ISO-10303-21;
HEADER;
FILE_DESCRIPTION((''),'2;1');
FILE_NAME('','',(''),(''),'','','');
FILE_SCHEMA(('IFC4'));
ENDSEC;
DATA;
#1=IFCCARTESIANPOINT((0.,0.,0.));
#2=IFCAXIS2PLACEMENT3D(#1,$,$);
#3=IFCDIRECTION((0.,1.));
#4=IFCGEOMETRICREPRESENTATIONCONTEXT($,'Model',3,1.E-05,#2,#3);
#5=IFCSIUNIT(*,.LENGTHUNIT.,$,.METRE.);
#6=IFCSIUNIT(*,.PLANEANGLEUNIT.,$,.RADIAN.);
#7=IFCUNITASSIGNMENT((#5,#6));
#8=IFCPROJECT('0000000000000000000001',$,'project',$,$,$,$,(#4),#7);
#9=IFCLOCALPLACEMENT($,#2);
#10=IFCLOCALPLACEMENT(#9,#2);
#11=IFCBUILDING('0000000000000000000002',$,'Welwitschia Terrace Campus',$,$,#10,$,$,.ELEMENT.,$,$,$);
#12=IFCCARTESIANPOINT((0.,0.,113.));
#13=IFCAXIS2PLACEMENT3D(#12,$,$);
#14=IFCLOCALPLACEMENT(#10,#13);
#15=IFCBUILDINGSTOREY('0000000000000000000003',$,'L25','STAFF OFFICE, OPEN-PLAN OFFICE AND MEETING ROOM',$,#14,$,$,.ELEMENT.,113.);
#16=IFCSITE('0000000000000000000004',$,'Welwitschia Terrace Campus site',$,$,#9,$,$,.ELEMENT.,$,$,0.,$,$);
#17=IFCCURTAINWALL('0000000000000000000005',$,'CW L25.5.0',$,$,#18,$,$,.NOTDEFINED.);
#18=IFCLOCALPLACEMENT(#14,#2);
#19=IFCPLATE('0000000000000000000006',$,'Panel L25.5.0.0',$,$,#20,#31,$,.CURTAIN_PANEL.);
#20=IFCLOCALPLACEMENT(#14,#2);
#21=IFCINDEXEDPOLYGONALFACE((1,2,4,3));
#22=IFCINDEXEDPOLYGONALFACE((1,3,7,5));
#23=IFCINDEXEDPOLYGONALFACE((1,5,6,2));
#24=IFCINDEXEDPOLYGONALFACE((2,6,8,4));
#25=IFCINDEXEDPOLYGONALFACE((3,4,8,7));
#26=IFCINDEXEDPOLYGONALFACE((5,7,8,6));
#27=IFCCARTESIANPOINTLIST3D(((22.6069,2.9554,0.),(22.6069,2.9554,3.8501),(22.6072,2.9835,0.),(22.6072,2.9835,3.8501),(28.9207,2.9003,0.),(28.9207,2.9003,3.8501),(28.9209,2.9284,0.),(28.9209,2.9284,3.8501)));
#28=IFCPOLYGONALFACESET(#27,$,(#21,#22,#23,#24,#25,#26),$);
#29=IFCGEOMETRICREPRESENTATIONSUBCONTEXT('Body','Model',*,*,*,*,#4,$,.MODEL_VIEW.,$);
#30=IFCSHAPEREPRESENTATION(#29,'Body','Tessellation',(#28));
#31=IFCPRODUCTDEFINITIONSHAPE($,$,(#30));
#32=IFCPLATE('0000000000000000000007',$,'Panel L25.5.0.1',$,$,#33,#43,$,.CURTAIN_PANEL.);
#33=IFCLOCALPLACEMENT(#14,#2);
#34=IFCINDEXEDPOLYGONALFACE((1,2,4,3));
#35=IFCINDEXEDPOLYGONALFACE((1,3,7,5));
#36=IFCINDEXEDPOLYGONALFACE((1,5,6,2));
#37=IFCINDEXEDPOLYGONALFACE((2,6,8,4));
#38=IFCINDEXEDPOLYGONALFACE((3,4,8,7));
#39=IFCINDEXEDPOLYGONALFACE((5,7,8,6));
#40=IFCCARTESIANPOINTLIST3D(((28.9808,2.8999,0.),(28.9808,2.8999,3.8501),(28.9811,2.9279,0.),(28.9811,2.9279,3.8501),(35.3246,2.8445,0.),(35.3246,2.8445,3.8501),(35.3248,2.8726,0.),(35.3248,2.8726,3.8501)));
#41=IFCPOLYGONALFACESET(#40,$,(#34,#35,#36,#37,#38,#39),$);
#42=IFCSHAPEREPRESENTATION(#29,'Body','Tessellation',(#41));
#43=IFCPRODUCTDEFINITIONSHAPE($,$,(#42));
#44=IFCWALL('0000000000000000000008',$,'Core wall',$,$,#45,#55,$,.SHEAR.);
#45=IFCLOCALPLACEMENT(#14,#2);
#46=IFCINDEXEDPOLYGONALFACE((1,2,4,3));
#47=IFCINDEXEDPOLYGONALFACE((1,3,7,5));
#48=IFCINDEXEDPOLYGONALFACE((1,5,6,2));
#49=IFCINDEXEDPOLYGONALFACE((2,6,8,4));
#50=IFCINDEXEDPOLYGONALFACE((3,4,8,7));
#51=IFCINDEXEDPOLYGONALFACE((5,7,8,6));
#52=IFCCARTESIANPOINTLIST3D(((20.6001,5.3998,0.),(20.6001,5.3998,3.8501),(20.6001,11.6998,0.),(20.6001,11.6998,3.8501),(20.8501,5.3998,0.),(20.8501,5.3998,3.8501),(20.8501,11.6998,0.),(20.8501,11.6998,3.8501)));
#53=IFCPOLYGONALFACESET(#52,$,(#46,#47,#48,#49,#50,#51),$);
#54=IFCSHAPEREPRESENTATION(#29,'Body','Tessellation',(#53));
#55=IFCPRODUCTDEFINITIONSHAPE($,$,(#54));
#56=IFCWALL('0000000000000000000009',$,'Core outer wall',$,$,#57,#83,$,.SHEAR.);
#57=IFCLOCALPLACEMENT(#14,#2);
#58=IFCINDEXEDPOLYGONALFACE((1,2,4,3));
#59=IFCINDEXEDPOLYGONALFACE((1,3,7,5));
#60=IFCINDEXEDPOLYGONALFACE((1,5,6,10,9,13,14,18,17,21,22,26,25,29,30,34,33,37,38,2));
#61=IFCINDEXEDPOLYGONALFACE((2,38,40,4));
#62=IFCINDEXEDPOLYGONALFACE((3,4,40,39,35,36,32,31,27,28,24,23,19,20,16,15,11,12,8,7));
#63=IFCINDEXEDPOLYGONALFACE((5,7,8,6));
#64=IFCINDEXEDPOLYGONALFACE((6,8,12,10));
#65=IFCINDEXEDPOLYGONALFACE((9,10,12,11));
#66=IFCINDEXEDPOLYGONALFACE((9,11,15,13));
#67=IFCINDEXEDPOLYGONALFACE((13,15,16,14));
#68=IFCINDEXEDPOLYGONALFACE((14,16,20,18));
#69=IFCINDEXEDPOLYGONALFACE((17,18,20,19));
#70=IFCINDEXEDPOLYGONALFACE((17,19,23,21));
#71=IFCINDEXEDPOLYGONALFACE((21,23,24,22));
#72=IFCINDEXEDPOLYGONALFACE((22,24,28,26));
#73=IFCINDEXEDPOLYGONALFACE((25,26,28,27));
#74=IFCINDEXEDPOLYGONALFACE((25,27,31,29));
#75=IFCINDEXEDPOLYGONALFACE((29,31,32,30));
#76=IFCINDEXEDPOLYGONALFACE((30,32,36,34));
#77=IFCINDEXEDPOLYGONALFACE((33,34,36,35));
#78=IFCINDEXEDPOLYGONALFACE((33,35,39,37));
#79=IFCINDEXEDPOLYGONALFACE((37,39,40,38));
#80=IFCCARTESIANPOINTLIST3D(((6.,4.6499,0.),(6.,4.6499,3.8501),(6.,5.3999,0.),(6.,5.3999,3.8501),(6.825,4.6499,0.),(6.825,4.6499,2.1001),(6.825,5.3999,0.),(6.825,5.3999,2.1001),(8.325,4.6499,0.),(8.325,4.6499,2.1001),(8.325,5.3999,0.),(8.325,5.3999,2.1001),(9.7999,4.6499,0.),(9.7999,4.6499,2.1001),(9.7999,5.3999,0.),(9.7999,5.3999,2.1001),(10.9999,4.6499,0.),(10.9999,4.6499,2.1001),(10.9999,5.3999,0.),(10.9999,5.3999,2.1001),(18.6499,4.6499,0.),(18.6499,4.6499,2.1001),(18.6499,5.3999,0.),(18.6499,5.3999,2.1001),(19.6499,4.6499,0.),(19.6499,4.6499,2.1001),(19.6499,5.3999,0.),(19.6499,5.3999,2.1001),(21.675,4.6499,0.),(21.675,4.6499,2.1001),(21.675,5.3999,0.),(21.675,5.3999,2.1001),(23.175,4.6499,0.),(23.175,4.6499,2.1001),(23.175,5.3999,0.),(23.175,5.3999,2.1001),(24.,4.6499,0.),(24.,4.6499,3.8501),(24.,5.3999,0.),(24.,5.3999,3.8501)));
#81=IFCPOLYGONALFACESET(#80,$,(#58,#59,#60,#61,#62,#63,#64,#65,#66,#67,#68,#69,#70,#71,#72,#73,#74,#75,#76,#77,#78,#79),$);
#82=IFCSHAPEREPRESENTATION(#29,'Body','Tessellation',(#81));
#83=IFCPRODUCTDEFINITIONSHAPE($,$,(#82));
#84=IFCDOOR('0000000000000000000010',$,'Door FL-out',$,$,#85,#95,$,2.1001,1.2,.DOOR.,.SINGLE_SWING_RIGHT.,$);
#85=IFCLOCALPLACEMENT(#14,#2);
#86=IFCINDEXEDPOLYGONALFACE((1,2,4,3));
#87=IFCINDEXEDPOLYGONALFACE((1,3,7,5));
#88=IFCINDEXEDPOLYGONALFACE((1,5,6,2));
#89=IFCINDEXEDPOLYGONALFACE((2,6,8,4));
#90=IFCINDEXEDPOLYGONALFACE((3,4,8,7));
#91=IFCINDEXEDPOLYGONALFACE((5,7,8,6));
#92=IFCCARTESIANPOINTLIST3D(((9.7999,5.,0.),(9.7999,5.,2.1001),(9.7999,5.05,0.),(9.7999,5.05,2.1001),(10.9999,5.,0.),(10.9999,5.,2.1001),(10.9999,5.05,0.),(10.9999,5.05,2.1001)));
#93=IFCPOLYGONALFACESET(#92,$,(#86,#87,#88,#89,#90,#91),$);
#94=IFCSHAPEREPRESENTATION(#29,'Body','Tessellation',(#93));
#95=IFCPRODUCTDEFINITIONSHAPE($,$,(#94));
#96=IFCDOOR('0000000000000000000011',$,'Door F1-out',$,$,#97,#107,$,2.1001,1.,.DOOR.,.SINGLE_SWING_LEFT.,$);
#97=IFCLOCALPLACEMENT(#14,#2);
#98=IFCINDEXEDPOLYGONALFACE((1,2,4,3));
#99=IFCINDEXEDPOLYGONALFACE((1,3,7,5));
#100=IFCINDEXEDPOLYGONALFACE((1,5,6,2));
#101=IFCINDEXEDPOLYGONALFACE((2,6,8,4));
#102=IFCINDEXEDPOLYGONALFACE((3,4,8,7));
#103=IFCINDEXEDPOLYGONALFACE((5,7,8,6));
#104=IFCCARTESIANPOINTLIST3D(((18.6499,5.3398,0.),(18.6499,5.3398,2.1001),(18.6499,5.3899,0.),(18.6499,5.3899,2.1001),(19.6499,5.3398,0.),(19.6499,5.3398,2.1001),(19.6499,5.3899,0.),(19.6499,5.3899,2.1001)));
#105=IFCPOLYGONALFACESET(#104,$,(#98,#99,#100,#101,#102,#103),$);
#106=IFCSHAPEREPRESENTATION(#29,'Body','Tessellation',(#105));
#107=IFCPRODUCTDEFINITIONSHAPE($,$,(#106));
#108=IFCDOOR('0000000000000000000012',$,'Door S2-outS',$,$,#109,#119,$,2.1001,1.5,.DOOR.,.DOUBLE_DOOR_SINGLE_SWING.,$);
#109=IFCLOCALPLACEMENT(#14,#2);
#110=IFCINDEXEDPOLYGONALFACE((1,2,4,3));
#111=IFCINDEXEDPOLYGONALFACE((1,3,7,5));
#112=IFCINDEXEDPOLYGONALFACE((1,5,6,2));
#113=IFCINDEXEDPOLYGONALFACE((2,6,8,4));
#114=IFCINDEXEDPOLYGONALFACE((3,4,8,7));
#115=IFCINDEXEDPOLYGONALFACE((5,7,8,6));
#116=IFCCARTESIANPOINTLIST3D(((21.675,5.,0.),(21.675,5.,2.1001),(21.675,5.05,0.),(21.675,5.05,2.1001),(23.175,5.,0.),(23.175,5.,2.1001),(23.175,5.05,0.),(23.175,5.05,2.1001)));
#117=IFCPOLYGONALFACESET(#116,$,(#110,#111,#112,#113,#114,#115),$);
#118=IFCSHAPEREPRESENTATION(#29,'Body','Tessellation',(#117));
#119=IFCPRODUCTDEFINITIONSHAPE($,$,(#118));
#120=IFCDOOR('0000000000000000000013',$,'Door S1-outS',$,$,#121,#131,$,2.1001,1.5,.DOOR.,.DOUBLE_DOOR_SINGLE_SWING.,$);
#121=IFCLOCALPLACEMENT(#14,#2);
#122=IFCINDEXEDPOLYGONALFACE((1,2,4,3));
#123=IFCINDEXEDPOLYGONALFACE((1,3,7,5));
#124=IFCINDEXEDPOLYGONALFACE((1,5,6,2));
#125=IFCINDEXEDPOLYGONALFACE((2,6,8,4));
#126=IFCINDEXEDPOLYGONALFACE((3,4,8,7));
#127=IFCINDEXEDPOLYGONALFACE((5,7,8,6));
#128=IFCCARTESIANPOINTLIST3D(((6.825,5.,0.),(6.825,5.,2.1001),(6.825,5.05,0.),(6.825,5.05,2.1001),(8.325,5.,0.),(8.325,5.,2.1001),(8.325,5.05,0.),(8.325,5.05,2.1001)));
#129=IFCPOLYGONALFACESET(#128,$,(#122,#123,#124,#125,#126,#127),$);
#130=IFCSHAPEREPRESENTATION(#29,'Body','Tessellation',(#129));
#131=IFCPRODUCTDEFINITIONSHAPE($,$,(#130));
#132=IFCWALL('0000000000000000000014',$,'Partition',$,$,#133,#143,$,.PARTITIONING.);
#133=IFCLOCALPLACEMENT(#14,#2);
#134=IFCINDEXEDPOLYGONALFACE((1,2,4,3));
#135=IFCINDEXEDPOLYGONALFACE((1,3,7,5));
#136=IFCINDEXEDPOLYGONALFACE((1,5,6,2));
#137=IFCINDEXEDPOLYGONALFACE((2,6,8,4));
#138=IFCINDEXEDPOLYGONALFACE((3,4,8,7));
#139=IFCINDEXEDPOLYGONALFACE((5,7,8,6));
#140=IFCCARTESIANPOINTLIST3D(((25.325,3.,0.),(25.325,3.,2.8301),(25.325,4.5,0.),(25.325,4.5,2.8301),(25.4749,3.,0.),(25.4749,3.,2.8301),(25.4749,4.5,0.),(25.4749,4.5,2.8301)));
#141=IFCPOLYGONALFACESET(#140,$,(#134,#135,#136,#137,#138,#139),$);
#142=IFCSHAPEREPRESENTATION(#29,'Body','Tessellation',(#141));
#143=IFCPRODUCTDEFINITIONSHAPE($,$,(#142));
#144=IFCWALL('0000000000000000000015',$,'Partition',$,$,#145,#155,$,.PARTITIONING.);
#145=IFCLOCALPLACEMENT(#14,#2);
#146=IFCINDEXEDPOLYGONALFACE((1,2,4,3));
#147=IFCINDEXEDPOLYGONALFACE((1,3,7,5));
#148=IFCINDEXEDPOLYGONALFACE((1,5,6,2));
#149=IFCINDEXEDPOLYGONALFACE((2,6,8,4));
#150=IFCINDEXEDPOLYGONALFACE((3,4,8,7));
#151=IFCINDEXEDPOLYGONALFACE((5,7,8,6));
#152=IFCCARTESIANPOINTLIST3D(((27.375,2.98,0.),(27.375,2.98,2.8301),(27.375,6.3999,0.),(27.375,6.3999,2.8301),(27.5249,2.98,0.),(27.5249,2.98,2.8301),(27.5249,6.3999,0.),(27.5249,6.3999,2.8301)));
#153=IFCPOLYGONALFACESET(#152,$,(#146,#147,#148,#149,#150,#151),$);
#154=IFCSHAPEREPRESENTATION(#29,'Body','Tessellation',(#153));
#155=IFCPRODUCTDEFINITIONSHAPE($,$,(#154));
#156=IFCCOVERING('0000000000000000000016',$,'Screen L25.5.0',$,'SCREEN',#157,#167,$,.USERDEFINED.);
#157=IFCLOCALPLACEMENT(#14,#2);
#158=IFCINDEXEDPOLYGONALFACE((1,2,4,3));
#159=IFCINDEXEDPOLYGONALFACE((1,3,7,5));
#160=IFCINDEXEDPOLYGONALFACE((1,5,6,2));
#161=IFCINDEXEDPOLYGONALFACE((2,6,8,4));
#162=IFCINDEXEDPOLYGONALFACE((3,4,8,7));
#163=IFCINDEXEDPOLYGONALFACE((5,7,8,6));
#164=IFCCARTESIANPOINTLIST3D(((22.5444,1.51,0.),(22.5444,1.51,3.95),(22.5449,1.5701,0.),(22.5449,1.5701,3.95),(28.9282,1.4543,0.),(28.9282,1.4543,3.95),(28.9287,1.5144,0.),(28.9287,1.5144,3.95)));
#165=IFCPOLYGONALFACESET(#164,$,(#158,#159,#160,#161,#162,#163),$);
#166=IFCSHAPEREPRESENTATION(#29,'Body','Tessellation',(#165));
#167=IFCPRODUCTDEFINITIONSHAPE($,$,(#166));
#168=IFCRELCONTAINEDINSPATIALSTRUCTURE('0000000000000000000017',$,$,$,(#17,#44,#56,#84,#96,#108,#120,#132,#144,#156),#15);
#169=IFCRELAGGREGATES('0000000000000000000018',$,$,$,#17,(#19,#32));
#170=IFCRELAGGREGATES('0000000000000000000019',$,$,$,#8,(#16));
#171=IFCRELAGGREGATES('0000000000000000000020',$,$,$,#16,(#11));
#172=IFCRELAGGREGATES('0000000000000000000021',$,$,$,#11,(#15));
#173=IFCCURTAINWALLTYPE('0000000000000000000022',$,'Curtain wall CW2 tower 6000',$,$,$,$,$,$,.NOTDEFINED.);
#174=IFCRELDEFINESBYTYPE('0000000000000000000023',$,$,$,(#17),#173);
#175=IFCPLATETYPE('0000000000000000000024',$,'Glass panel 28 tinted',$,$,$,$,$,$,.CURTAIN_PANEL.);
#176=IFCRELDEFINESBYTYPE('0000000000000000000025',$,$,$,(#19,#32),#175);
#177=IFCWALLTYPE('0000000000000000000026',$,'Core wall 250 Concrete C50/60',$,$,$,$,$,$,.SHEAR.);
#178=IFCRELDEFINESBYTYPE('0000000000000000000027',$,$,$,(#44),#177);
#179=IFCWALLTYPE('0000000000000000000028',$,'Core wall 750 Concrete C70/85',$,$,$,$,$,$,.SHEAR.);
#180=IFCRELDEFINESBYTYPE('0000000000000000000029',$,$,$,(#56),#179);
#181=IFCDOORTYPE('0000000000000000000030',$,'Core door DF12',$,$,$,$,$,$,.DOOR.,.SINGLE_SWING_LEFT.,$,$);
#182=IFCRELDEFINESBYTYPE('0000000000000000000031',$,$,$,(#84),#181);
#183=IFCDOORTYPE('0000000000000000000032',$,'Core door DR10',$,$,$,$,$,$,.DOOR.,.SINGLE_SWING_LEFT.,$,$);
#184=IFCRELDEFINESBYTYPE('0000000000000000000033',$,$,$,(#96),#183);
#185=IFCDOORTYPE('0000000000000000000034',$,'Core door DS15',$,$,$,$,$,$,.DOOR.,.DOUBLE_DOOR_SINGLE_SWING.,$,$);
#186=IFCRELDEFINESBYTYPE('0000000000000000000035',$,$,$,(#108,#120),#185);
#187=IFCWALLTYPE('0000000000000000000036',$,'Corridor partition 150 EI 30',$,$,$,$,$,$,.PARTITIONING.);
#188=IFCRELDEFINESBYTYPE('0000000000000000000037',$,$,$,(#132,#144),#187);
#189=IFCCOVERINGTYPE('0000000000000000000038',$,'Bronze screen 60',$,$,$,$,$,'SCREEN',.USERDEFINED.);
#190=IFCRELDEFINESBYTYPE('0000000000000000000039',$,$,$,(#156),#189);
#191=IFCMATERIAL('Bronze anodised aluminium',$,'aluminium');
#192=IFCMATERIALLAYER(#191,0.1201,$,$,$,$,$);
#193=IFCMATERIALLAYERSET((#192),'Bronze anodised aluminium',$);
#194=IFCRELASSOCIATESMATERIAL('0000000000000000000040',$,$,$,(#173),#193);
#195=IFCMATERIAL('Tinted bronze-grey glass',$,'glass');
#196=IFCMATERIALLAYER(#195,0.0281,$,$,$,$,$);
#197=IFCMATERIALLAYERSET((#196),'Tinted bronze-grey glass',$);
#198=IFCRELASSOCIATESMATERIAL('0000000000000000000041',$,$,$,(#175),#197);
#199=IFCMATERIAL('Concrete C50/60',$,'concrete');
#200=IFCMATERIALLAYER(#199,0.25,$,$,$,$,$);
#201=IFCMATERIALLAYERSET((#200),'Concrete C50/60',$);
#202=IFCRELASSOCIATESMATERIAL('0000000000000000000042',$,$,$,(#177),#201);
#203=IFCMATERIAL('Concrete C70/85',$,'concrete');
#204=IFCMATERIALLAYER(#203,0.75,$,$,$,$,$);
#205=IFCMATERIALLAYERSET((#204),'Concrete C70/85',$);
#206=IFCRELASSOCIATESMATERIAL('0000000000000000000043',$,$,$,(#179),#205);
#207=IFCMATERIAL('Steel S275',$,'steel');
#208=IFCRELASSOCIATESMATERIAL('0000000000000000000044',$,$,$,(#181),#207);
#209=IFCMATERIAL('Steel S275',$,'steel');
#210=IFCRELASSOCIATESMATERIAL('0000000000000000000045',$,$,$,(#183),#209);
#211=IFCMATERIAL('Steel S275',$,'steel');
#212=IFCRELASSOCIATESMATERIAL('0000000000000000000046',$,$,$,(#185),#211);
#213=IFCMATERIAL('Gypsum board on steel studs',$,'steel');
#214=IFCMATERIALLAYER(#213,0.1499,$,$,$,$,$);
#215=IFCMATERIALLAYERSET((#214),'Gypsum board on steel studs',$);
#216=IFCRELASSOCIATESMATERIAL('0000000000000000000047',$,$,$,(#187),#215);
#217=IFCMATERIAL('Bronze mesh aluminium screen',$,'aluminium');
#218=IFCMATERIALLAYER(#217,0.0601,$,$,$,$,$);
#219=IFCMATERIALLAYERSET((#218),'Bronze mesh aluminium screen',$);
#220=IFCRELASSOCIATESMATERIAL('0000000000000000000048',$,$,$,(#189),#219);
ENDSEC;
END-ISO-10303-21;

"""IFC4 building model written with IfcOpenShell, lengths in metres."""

from ifc_helpers import new_model, si_unit, direction, frame, frame_2d, origin, origin_2d, place, context, subcontext, project, spatial, rectangle, extrude, material, layer, layer_set, type_object, element, fill, aggregate, save


model = new_model("IFC4")

# Units and contexts
model_context = context("Model", 3, precision=1e-05, world=origin(), true_north=direction((0.0, 1.0)))
body_context = subcontext(model_context, "Body", "Model", "MODEL_VIEW")
ifc_project = project(units=[si_unit("LENGTHUNIT", "METRE"), si_unit("PLANEANGLEUNIT", "RADIAN")], contexts=[model_context])

# Site, building, storey
site_placement = place(None, origin())
site = spatial("IfcSite", under=ifc_project, at=site_placement, Name="Welwitschia Terrace Campus site", CompositionType="ELEMENT", RefElevation=0.0)
building_placement = place(site_placement, origin())
building = spatial("IfcBuilding", under=site, at=building_placement, Name="Welwitschia Terrace Campus", CompositionType="ELEMENT")
storey_placement = place(building_placement, frame((0.0, 0.0, 113.0)))
storey = spatial("IfcBuildingStorey", under=building, at=storey_placement, Name="L25", Description="STAFF OFFICE, OPEN-PLAN OFFICE AND MEETING ROOM", CompositionType="ELEMENT", Elevation=113.0)

# Shared definitions
ifc_material_1 = material(Name="Bronze anodised aluminium", Category="aluminium")
ifc_layer_1 = layer(ifc_material_1, 0.1201)
ifc_layer_set_1 = layer_set([ifc_layer_1], Name="Bronze anodised aluminium")
curtain_wall_type = type_object("IfcCurtainWallType", Name="Curtain wall CW2 tower 6000", PredefinedType="NOTDEFINED", material=ifc_layer_set_1)

# Curtain wall
curtain_wall_1_placement = place(storey_placement, origin())
curtain_wall_1 = element("IfcCurtainWall", 1, at=curtain_wall_1_placement, inside=storey, type_object=curtain_wall_type, Name="CW L25.5.0", PredefinedType="NOTDEFINED")

# Plates
ifc_material_2 = material(Name="Tinted bronze-grey glass", Category="glass")
ifc_layer_2 = layer(ifc_material_2, 0.0281)
ifc_layer_set_2 = layer_set([ifc_layer_2], Name="Tinted bronze-grey glass")
plate_type = type_object("IfcPlateType", Name="Glass panel 28 tinted", PredefinedType="CURTAIN_PANEL", material=ifc_layer_set_2)
plate_1_placement = place(storey_placement, frame((25.7639, 2.9419, 0.0), z_axis=(0.0, 0.0, 1.0), x_axis=(0.999962, -0.008727, 0.0)))
plate_1 = element("IfcPlate", 2, at=plate_1_placement, type_object=plate_type, Name="Panel L25.5.0.0", PredefinedType="CURTAIN_PANEL", context=body_context, shape_type="SweptSolid", body=[
    extrude(rectangle(XDim=6.314, YDim=0.0281, at=origin_2d()), origin(), (0.0, 0.0, 1.0), 3.8501),
])
plate_2_placement = place(storey_placement, frame((32.1528, 2.8862, 0.0), z_axis=(0.0, 0.0, 1.0), x_axis=(0.999962, -0.008727, 0.0)))
plate_2 = element("IfcPlate", 3, at=plate_2_placement, type_object=plate_type, Name="Panel L25.5.0.1", PredefinedType="CURTAIN_PANEL", context=body_context, shape_type="SweptSolid", body=[
    extrude(rectangle(XDim=6.344, YDim=0.0281, at=origin_2d()), origin(), (0.0, 0.0, 1.0), 3.8501),
])
aggregate(curtain_wall_1, [plate_1, plate_2])

# Wall
ifc_material_3 = material(Name="Concrete C50/60", Category="concrete")
ifc_layer_3 = layer(ifc_material_3, 0.25)
ifc_layer_set_3 = layer_set([ifc_layer_3], Name="Concrete C50/60")
wall_type_1 = type_object("IfcWallType", Name="Core wall 250 Concrete C50/60", PredefinedType="SHEAR", material=ifc_layer_set_3)
wall_1_placement = place(storey_placement, frame((20.7251, 5.3999, 0.0), z_axis=(0.0, 0.0, 1.0), x_axis=(0.0, 1.0, 0.0)))
element("IfcWall", 4, at=wall_1_placement, inside=storey, type_object=wall_type_1, Name="Core wall", PredefinedType="SHEAR", context=body_context, shape_type="SweptSolid", body=[
    extrude(rectangle(XDim=6.3, YDim=0.25, at=frame_2d((3.1499, 0.0))), origin(), (0.0, 0.0, 1.0), 3.8501),
])

# Wall, openings, doors
ifc_material_4 = material(Name="Concrete C70/85", Category="concrete")
ifc_layer_4 = layer(ifc_material_4, 0.75)
ifc_layer_set_4 = layer_set([ifc_layer_4], Name="Concrete C70/85")
wall_type_2 = type_object("IfcWallType", Name="Core wall 750 Concrete C70/85", PredefinedType="SHEAR", material=ifc_layer_set_4)
wall_2_placement = place(storey_placement, frame((24.0, 5.0249, 0.0), z_axis=(0.0, 0.0, 1.0), x_axis=(-1.0, 0.0, 0.0)))
wall_2 = element("IfcWall", 5, at=wall_2_placement, inside=storey, type_object=wall_type_2, Name="Core outer wall", PredefinedType="SHEAR", context=body_context, shape_type="SweptSolid", body=[
    extrude(rectangle(XDim=18.0, YDim=0.75, at=frame_2d((9.0, 0.0))), origin(), (0.0, 0.0, 1.0), 3.8501),
])
opening_1_placement = place(wall_2_placement, frame((0.825, 0.0, 0.0)))
opening_1 = element("IfcOpeningElement", 6, at=opening_1_placement, cuts=wall_2, PredefinedType="OPENING", context=body_context, shape_type="SweptSolid", body=[
    extrude(rectangle(XDim=1.5, YDim=2.1001, at=frame_2d((0.75, 1.05))), frame((0.0, 0.385, 0.0), z_axis=(0.0, -1.0, 0.0), x_axis=(1.0, 0.0, 0.0)), (0.0, 0.0, 1.0), 0.77),
])
opening_2_placement = place(wall_2_placement, frame((15.675, 0.0, 0.0)))
opening_2 = element("IfcOpeningElement", 7, at=opening_2_placement, cuts=wall_2, PredefinedType="OPENING", context=body_context, shape_type="SweptSolid", body=[
    extrude(rectangle(XDim=1.5, YDim=2.1001, at=frame_2d((0.75, 1.05))), frame((0.0, 0.385, 0.0), z_axis=(0.0, -1.0, 0.0), x_axis=(1.0, 0.0, 0.0)), (0.0, 0.0, 1.0), 0.77),
])
opening_3_placement = place(wall_2_placement, frame((13.0, 0.0, 0.0)))
opening_3 = element("IfcOpeningElement", 8, at=opening_3_placement, cuts=wall_2, PredefinedType="OPENING", context=body_context, shape_type="SweptSolid", body=[
    extrude(rectangle(XDim=1.2, YDim=2.1001, at=frame_2d((0.6001, 1.05))), frame((0.0, 0.385, 0.0), z_axis=(0.0, -1.0, 0.0), x_axis=(1.0, 0.0, 0.0)), (0.0, 0.0, 1.0), 0.77),
])
opening_4_placement = place(wall_2_placement, frame((4.3501, 0.0, 0.0)))
opening_4 = element("IfcOpeningElement", 9, at=opening_4_placement, cuts=wall_2, PredefinedType="OPENING", context=body_context, shape_type="SweptSolid", body=[
    extrude(rectangle(XDim=1.0, YDim=2.1001, at=frame_2d((0.5, 1.05))), frame((0.0, 0.385, 0.0), z_axis=(0.0, -1.0, 0.0), x_axis=(1.0, 0.0, 0.0)), (0.0, 0.0, 1.0), 0.77),
])
ifc_material_5 = material(Name="Steel S275", Category="steel")
door_type_1 = type_object("IfcDoorType", Name="Core door DF12", OperationType="SINGLE_SWING_LEFT", PredefinedType="DOOR", material=ifc_material_5)
door_1_placement = place(opening_3_placement, origin())
door_1 = element("IfcDoor", 10, at=door_1_placement, inside=storey, type_object=door_type_1, Name="Door FL-out", OperationType="SINGLE_SWING_RIGHT", OverallHeight=2.1001, OverallWidth=1.2, PredefinedType="DOOR", context=body_context, shape_type="SweptSolid", body=[
    extrude(rectangle(XDim=1.2, YDim=2.1001, at=frame_2d((0.6001, 1.05))), frame((0.0, 0.0249, 0.0), z_axis=(0.0, -1.0, 0.0), x_axis=(1.0, 0.0, 0.0)), (0.0, 0.0, 1.0), 0.05),
])
fill(opening_3, door_1)
ifc_material_6 = material(Name="Steel S275", Category="steel")
door_type_2 = type_object("IfcDoorType", Name="Core door DR10", OperationType="SINGLE_SWING_LEFT", PredefinedType="DOOR", material=ifc_material_6)
door_2_placement = place(opening_4_placement, origin())
door_2 = element("IfcDoor", 11, at=door_2_placement, inside=storey, type_object=door_type_2, Name="Door F1-out", OperationType="SINGLE_SWING_LEFT", OverallHeight=2.1001, OverallWidth=1.0, PredefinedType="DOOR", context=body_context, shape_type="SweptSolid", body=[
    extrude(rectangle(XDim=1.0, YDim=2.1001, at=frame_2d((0.5, 1.05))), frame((0.0, -0.3149, 0.0), z_axis=(0.0, -1.0, 0.0), x_axis=(1.0, 0.0, 0.0)), (0.0, 0.0, 1.0), 0.05),
])
fill(opening_4, door_2)
ifc_material_7 = material(Name="Steel S275", Category="steel")
door_type_3 = type_object("IfcDoorType", Name="Core door DS15", OperationType="DOUBLE_DOOR_SINGLE_SWING", PredefinedType="DOOR", material=ifc_material_7)
door_3_placement = place(opening_1_placement, origin())
door_3 = element("IfcDoor", 12, at=door_3_placement, inside=storey, type_object=door_type_3, Name="Door S2-outS", OperationType="DOUBLE_DOOR_SINGLE_SWING", OverallHeight=2.1001, OverallWidth=1.5, PredefinedType="DOOR", context=body_context, shape_type="SweptSolid", body=[
    extrude(rectangle(XDim=1.5, YDim=2.1001, at=frame_2d((0.75, 1.05))), frame((0.0, 0.0249, 0.0), z_axis=(0.0, -1.0, 0.0), x_axis=(1.0, 0.0, 0.0)), (0.0, 0.0, 1.0), 0.05),
])
fill(opening_1, door_3)
door_4_placement = place(opening_2_placement, origin())
door_4 = element("IfcDoor", 13, at=door_4_placement, inside=storey, type_object=door_type_3, Name="Door S1-outS", OperationType="DOUBLE_DOOR_SINGLE_SWING", OverallHeight=2.1001, OverallWidth=1.5, PredefinedType="DOOR", context=body_context, shape_type="SweptSolid", body=[
    extrude(rectangle(XDim=1.5, YDim=2.1001, at=frame_2d((0.75, 1.05))), frame((0.0, 0.0249, 0.0), z_axis=(0.0, -1.0, 0.0), x_axis=(1.0, 0.0, 0.0)), (0.0, 0.0, 1.0), 0.05),
])
fill(opening_2, door_4)

# Walls
ifc_material_8 = material(Name="Gypsum board on steel studs", Category="steel")
ifc_layer_5 = layer(ifc_material_8, 0.1499)
ifc_layer_set_5 = layer_set([ifc_layer_5], Name="Gypsum board on steel studs")
wall_type_3 = type_object("IfcWallType", Name="Corridor partition 150 EI 30", PredefinedType="PARTITIONING", material=ifc_layer_set_5)
wall_3_placement = place(storey_placement, frame((25.3999, 3.0, 0.0), z_axis=(0.0, 0.0, 1.0), x_axis=(0.0, 1.0, 0.0)))
element("IfcWall", 14, at=wall_3_placement, inside=storey, type_object=wall_type_3, Name="Partition", PredefinedType="PARTITIONING", context=body_context, shape_type="SweptSolid", body=[
    extrude(rectangle(XDim=1.5, YDim=0.1499, at=frame_2d((0.75, 0.0))), origin(), (0.0, 0.0, 1.0), 2.8301),
])
wall_4_placement = place(storey_placement, frame((27.45, 2.98, 0.0), z_axis=(0.0, 0.0, 1.0), x_axis=(0.0, 1.0, 0.0)))
element("IfcWall", 15, at=wall_4_placement, inside=storey, type_object=wall_type_3, Name="Partition", PredefinedType="PARTITIONING", context=body_context, shape_type="SweptSolid", body=[
    extrude(rectangle(XDim=3.4199, YDim=0.1499, at=frame_2d((1.71, 0.0))), origin(), (0.0, 0.0, 1.0), 2.8301),
])

# Covering
ifc_material_9 = material(Name="Bronze mesh aluminium screen", Category="aluminium")
ifc_layer_6 = layer(ifc_material_9, 0.0601)
ifc_layer_set_6 = layer_set([ifc_layer_6], Name="Bronze mesh aluminium screen")
covering_type = type_object("IfcCoveringType", Name="Bronze screen 60", ElementType="SCREEN", PredefinedType="USERDEFINED", material=ifc_layer_set_6)
for number, where, z_axis, x_axis, name in (
    (16, (25.7366, 1.5122, 0.0), (0.0, 0.0, 1.0), (0.999962, -0.008727, 0.0), "Screen L25.5.0"),
):
    element("IfcCovering", number, at=place(storey_placement, frame(where, z_axis=z_axis, x_axis=x_axis)), inside=storey, type_object=covering_type, Name=name, ObjectType="SCREEN", PredefinedType="USERDEFINED", context=body_context, shape_type="SweptSolid", body=[
        extrude(rectangle(XDim=6.384, YDim=0.0601, at=origin_2d()), origin(), (0.0, 0.0, 1.0), 3.95),
    ])

save(model, "model.ifc")
